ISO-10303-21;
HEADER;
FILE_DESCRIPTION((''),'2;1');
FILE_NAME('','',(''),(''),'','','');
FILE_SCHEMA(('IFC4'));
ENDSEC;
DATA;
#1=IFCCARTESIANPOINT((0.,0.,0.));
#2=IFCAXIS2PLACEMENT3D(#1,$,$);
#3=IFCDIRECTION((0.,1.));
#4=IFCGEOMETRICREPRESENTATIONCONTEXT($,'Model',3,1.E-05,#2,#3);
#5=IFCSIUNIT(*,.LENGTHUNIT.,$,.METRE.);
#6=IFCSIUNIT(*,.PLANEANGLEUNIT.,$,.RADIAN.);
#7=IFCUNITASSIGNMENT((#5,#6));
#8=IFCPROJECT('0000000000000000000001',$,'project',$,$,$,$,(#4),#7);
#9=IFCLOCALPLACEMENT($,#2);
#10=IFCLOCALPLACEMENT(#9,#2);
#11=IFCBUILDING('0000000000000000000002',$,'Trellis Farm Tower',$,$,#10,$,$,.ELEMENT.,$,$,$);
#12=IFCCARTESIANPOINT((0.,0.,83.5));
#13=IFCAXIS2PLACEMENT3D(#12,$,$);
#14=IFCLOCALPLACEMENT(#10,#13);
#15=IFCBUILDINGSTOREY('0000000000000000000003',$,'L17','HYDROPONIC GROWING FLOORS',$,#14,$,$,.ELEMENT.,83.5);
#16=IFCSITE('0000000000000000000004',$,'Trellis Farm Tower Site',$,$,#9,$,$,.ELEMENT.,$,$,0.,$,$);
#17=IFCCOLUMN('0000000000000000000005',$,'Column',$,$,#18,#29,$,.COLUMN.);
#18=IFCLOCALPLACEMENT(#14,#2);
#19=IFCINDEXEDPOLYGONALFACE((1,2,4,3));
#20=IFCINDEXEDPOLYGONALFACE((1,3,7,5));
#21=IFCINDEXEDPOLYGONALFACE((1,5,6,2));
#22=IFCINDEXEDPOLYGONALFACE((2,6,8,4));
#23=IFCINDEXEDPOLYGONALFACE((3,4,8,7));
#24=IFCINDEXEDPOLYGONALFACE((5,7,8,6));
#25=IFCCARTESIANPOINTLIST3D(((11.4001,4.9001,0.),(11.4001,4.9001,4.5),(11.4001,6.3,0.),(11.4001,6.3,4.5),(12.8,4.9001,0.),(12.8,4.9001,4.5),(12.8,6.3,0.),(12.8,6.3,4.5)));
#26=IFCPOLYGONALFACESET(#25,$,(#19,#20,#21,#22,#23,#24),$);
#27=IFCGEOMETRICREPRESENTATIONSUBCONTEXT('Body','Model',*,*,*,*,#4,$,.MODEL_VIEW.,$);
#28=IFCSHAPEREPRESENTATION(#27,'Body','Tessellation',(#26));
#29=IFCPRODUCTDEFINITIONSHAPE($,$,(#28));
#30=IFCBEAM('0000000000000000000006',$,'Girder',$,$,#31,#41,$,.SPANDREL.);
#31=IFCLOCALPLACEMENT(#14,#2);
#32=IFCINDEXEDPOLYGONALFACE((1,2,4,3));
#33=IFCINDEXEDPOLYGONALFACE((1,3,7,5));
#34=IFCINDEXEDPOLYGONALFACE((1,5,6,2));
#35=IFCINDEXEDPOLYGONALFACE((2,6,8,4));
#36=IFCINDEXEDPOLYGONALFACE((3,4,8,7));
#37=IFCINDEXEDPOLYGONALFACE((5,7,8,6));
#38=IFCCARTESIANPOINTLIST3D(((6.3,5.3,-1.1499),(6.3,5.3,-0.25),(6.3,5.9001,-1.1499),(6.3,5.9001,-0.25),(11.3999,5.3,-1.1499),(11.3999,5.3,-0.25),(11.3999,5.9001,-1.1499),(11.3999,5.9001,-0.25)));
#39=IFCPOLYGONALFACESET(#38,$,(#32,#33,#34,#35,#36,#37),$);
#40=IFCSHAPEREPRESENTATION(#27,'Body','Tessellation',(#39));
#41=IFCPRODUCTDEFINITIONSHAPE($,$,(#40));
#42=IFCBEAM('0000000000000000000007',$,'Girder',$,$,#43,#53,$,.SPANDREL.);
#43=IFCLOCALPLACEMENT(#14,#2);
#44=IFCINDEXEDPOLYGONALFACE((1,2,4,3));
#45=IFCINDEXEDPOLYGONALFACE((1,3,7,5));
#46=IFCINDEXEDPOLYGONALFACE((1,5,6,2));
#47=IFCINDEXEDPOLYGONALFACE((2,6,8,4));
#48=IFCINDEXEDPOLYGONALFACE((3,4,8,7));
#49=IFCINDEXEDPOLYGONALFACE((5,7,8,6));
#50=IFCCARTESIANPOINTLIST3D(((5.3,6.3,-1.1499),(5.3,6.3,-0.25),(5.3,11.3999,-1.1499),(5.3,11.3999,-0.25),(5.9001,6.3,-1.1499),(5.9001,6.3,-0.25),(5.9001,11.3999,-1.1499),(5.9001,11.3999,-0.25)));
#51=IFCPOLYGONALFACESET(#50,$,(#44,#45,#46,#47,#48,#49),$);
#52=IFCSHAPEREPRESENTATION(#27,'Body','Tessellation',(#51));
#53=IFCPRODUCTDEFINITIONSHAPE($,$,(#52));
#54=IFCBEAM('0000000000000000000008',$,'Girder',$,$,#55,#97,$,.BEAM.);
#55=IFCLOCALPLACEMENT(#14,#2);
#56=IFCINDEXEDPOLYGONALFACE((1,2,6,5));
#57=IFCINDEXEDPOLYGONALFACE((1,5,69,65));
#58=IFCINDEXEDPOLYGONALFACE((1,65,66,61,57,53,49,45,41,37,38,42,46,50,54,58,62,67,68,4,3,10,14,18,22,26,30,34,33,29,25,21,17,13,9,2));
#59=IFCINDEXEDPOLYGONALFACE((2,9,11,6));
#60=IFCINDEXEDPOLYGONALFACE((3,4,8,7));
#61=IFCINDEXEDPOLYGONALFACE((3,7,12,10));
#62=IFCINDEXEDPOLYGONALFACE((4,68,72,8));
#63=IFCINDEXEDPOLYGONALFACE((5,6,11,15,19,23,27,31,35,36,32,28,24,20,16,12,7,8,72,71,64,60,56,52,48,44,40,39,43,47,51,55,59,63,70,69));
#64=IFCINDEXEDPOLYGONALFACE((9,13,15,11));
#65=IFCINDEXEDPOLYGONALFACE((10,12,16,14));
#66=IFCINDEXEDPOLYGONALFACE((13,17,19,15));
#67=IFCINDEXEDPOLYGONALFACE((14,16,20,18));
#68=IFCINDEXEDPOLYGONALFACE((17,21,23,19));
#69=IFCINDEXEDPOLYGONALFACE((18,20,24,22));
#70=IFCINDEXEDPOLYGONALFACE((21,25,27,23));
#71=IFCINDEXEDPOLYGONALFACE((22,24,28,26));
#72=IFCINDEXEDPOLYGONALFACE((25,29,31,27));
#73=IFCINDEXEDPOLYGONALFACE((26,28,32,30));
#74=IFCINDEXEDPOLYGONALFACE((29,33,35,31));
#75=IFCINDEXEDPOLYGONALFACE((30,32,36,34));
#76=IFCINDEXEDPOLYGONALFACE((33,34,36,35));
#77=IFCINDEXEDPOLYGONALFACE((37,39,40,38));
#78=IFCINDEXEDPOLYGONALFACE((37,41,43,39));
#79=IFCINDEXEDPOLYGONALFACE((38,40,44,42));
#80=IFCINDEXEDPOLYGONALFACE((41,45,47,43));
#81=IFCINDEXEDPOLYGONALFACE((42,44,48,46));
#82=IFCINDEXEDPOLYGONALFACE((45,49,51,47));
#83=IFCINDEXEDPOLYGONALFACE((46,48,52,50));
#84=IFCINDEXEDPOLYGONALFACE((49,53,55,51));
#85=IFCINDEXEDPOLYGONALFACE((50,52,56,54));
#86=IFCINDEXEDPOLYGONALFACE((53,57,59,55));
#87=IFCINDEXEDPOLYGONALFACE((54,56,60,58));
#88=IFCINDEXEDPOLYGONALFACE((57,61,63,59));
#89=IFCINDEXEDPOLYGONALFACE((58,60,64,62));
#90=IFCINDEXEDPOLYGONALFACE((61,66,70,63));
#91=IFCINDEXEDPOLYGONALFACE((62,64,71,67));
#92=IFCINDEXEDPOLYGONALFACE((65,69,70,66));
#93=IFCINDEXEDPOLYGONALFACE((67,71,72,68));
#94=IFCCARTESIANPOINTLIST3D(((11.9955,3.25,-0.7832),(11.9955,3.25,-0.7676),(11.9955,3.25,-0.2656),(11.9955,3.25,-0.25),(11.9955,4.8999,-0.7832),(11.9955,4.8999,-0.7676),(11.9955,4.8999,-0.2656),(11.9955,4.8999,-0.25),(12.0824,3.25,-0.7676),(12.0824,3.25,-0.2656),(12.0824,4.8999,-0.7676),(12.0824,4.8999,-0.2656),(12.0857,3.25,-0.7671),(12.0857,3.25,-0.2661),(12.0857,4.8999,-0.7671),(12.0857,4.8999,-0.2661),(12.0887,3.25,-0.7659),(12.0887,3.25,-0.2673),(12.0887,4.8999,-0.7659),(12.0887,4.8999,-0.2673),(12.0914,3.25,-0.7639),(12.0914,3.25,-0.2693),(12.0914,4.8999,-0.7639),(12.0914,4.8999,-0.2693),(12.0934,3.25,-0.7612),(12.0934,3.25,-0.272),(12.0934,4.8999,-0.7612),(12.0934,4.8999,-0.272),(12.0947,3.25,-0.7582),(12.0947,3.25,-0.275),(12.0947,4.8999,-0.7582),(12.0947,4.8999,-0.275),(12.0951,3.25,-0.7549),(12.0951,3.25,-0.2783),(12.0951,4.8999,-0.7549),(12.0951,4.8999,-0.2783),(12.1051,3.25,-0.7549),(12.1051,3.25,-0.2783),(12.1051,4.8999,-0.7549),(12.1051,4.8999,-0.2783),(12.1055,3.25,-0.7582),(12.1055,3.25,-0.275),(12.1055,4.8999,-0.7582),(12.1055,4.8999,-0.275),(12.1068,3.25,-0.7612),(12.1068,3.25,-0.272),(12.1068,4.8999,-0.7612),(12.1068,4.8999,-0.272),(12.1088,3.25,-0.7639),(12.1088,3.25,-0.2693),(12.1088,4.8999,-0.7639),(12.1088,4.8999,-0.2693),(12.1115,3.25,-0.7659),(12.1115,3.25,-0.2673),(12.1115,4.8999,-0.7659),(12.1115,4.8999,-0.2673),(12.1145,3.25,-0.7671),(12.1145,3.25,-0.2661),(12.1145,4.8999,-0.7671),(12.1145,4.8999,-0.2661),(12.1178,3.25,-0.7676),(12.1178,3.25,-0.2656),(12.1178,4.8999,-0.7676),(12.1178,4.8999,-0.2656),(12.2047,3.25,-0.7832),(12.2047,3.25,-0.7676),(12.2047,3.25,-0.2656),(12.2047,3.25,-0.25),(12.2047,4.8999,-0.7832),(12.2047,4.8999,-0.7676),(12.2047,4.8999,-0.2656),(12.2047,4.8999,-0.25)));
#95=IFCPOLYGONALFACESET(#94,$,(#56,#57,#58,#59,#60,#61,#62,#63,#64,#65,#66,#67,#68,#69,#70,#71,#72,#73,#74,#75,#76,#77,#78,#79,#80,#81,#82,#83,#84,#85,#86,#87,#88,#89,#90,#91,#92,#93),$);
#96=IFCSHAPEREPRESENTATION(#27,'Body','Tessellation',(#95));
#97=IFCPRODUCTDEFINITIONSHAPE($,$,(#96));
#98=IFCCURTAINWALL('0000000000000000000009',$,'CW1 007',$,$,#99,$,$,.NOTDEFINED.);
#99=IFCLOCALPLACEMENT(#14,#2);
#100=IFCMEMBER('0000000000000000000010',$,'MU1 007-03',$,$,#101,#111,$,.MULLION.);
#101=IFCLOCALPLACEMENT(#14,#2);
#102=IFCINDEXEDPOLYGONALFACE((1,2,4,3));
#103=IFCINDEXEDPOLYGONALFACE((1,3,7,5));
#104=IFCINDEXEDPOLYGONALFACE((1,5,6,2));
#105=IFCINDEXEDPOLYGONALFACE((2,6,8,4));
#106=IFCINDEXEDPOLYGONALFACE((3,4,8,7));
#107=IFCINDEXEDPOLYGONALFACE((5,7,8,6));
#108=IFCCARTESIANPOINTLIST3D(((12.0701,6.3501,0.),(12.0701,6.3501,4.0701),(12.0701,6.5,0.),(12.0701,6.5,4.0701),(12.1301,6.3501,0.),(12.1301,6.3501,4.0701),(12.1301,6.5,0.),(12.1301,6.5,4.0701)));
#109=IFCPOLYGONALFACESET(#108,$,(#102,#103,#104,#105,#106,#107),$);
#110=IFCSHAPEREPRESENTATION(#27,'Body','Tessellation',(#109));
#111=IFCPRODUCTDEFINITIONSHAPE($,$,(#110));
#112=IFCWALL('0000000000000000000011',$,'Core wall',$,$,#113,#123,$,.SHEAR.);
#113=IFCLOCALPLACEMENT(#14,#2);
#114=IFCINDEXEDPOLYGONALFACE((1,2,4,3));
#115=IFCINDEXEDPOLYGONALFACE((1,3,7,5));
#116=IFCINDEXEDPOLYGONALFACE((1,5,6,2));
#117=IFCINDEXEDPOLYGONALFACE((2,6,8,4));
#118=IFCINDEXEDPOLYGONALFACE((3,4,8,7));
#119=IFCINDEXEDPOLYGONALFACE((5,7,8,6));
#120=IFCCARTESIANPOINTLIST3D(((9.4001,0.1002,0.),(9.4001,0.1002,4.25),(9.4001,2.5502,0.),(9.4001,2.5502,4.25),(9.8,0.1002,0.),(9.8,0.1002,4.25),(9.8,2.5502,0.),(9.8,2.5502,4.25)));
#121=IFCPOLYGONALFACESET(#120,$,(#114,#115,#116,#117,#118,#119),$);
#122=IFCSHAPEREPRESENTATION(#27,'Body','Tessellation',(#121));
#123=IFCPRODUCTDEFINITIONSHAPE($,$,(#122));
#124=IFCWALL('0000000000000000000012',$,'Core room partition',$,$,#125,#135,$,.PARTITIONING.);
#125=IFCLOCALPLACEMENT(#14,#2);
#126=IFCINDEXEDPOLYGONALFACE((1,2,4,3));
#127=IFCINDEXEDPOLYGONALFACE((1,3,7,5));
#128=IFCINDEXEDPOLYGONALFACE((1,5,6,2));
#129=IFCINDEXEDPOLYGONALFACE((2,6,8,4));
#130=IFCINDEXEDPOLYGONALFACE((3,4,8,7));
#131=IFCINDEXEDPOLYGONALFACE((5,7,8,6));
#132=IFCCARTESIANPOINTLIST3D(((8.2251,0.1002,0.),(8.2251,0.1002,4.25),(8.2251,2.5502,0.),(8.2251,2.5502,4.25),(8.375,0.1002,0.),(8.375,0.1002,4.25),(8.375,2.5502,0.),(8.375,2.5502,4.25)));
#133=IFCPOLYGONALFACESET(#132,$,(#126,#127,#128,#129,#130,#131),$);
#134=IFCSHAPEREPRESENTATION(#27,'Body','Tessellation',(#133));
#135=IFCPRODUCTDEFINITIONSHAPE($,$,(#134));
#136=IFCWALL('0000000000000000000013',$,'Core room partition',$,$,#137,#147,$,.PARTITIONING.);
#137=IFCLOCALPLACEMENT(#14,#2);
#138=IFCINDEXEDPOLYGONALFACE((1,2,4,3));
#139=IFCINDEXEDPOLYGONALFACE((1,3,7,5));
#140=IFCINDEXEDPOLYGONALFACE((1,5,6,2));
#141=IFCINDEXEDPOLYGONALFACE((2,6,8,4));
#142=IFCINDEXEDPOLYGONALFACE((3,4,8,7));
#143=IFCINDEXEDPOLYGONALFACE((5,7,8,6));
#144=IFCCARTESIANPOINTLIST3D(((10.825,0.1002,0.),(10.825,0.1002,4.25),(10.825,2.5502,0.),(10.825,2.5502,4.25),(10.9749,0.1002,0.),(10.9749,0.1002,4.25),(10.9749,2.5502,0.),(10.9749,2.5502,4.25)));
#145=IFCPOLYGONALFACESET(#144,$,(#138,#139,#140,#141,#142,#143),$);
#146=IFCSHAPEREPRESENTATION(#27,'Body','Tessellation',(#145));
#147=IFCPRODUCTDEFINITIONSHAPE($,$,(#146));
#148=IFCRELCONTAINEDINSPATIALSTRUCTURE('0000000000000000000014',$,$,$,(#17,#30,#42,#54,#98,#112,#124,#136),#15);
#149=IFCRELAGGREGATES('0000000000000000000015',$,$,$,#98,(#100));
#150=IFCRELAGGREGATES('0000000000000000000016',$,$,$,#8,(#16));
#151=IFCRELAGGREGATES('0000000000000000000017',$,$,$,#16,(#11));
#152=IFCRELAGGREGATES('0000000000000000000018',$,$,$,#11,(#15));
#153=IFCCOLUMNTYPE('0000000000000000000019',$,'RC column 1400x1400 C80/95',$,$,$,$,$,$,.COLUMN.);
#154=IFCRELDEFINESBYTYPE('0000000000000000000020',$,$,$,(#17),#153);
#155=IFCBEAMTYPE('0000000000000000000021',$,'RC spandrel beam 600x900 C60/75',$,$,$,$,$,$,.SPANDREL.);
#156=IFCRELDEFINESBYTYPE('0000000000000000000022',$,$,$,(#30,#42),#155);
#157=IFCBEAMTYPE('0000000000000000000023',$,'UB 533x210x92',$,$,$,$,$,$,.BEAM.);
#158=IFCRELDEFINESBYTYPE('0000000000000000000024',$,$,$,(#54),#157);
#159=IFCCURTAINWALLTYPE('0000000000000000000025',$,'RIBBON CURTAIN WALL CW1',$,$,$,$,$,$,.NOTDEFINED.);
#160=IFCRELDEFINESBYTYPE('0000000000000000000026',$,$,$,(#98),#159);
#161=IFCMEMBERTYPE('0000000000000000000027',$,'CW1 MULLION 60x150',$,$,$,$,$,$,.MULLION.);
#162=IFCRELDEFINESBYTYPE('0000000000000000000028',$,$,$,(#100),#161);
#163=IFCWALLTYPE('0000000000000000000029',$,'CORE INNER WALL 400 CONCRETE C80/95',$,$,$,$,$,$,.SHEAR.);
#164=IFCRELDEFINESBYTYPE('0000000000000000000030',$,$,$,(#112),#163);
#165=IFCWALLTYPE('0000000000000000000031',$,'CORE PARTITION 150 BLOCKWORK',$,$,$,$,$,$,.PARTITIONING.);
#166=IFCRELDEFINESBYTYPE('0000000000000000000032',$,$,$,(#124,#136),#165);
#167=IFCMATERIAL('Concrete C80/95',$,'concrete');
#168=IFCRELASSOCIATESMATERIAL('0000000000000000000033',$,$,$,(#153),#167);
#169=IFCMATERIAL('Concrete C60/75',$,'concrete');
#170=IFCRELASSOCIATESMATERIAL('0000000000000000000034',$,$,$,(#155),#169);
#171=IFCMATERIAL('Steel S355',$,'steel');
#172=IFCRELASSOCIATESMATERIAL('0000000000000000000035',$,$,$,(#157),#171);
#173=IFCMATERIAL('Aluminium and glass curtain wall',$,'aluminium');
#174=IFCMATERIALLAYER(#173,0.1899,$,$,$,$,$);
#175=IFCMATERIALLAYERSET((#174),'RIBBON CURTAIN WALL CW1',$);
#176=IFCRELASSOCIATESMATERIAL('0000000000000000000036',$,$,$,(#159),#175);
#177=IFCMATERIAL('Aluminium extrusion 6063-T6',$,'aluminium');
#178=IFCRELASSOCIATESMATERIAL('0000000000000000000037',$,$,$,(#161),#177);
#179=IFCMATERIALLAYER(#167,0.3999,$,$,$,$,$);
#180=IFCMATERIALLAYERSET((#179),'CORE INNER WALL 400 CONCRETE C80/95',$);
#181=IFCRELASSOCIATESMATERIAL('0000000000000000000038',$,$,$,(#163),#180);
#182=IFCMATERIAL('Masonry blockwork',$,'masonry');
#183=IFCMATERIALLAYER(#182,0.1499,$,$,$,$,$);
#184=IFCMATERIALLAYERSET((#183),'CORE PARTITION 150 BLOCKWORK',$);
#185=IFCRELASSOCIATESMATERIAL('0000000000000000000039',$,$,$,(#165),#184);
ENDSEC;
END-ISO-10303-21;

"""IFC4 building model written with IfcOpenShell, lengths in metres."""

from ifc_helpers import new_model, si_unit, direction, frame, frame_2d, origin, origin_2d, place, context, subcontext, project, spatial, rectangle, i_section, extrude, source, transform, mapped, material, layer, layer_set, material_profile, profile_set, type_object, element, aggregate, save


model = new_model("IFC4")

# Units and contexts
model_context = context("Model", 3, precision=1e-05, world=origin(), true_north=direction((0.0, 1.0)))
body_context = subcontext(model_context, "Body", "Model", "MODEL_VIEW")
ifc_project = project(units=[si_unit("LENGTHUNIT", "METRE"), si_unit("PLANEANGLEUNIT", "RADIAN")], contexts=[model_context])

# Site, building, storey
site_placement = place(None, origin())
site = spatial("IfcSite", under=ifc_project, at=site_placement, Name="Trellis Farm Tower Site", CompositionType="ELEMENT", RefElevation=0.0)
building_placement = place(site_placement, origin())
building = spatial("IfcBuilding", under=site, at=building_placement, Name="Trellis Farm Tower", CompositionType="ELEMENT")
storey_placement = place(building_placement, frame((0.0, 0.0, 83.5)))
storey = spatial("IfcBuildingStorey", under=building, at=storey_placement, Name="L17", Description="HYDROPONIC GROWING FLOORS", CompositionType="ELEMENT", Elevation=83.5)

# Column
ifc_material_1 = material(Name="Concrete C80/95", Category="concrete")
ifc_material_profile_1 = material_profile(ifc_material_1, rectangle(XDim=1.3999, YDim=1.3999, at=origin_2d()), Name="RC column 1400x1400 C80/95")
ifc_profile_set_1 = profile_set([ifc_material_profile_1], Name="Concrete C80/95")
column_type = type_object("IfcColumnType", Name="RC column 1400x1400 C80/95", PredefinedType="COLUMN", material=ifc_profile_set_1)
shared_shape_1 = source(origin(), body_context, "Body", "SweptSolid", [
    extrude(rectangle(XDim=1.3999, YDim=1.3999, at=origin_2d()), origin(), (0.0, 0.0, 1.0), 4.5),
])
column_placement = place(storey_placement, frame((12.1001, 5.6001, 0.0), z_axis=(0.0, 0.0, 1.0), x_axis=(1.0, 0.0, 0.0)))
element("IfcColumn", 1, at=column_placement, inside=storey, type_object=column_type, Name="Column", PredefinedType="COLUMN", context=body_context, shape_type="MappedRepresentation", body=[
    mapped(shared_shape_1, transform((0.0, 0.0, 0.0))),
])

# Beams
ifc_material_2 = material(Name="Concrete C60/75", Category="concrete")
ifc_material_profile_2 = material_profile(ifc_material_2, rectangle(XDim=0.6001, YDim=0.8999, at=origin_2d()), Name="RC spandrel beam 600x900 C60/75")
ifc_profile_set_2 = profile_set([ifc_material_profile_2], Name="Concrete C60/75")
beam_type_1 = type_object("IfcBeamType", Name="RC spandrel beam 600x900 C60/75", PredefinedType="SPANDREL", material=ifc_profile_set_2)
shared_shape_2 = source(origin(), body_context, "Body", "SweptSolid", [
    extrude(rectangle(XDim=0.6001, YDim=0.8999, at=origin_2d()), origin(), (0.0, 0.0, 1.0), 5.0999),
])
for number, where, z_axis, x_axis, name in (
    (2, (6.3, 5.6001, -0.7), (1.0, 0.0, 0.0), (0.0, 1.0, 0.0), "Girder"),
    (3, (5.6001, 6.3, -0.7), (0.0, 1.0, 0.0), (-1.0, 0.0, 0.0), "Girder"),
):
    element("IfcBeam", number, at=place(storey_placement, frame(where, z_axis=z_axis, x_axis=x_axis)), inside=storey, type_object=beam_type_1, Name=name, PredefinedType="SPANDREL", context=body_context, shape_type="MappedRepresentation", body=[
        mapped(shared_shape_2, transform((0.0, 0.0, 0.0))),
    ])
ifc_material_3 = material(Name="Steel S355", Category="steel")
ifc_material_profile_3 = material_profile(ifc_material_3, i_section(OverallWidth=0.2092, OverallDepth=0.5332, WebThickness=0.01, FlangeThickness=0.0156, FilletRadius=0.0127, at=origin_2d()), Name="UB 533x210x92")
ifc_profile_set_3 = profile_set([ifc_material_profile_3], Name="Steel S355")
beam_type_2 = type_object("IfcBeamType", Name="UB 533x210x92", PredefinedType="BEAM", material=ifc_profile_set_3)
shared_shape_3 = source(origin(), body_context, "Body", "SweptSolid", [
    extrude(i_section(OverallWidth=0.2092, OverallDepth=0.5332, WebThickness=0.01, FlangeThickness=0.0156, FilletRadius=0.0127, at=origin_2d()), origin(), (0.0, 0.0, 1.0), 1.6499),
])
beam_placement = place(storey_placement, frame((12.1001, 3.25, -0.5166), z_axis=(0.0, 1.0, 0.0), x_axis=(-1.0, 0.0, 0.0)))
element("IfcBeam", 4, at=beam_placement, inside=storey, type_object=beam_type_2, Name="Girder", PredefinedType="BEAM", context=body_context, shape_type="MappedRepresentation", body=[
    mapped(shared_shape_3, transform((0.0, 0.0, 0.0))),
])

# Curtain wall, member
ifc_material_4 = material(Name="Aluminium and glass curtain wall", Category="aluminium")
ifc_layer_1 = layer(ifc_material_4, 0.1899)
ifc_layer_set_1 = layer_set([ifc_layer_1], Name="RIBBON CURTAIN WALL CW1")
curtain_wall_type = type_object("IfcCurtainWallType", Name="RIBBON CURTAIN WALL CW1", PredefinedType="NOTDEFINED", material=ifc_layer_set_1)
curtain_wall_placement = place(storey_placement, origin())
curtain_wall = element("IfcCurtainWall", 5, at=curtain_wall_placement, inside=storey, type_object=curtain_wall_type, Name="CW1 007", PredefinedType="NOTDEFINED")
ifc_material_5 = material(Name="Aluminium extrusion 6063-T6", Category="aluminium")
ifc_material_profile_4 = material_profile(ifc_material_5, rectangle(XDim=0.0601, YDim=0.1499, at=origin_2d()), Name="MULLION 60x150")
ifc_profile_set_4 = profile_set([ifc_material_profile_4], Name="Aluminium extrusion 6063-T6")
member_type = type_object("IfcMemberType", Name="CW1 MULLION 60x150", PredefinedType="MULLION", material=ifc_profile_set_4)
shared_shape_4 = source(origin(), body_context, "Body", "SweptSolid", [
    extrude(rectangle(XDim=0.0601, YDim=0.1499, at=origin_2d()), origin(), (0.0, 0.0, 1.0), 4.0701),
])
member_placement = place(storey_placement, frame((12.1001, 6.425, 0.0), z_axis=(0.0, 0.0, 1.0), x_axis=(-1.0, 0.0, 0.0)))
member = element("IfcMember", 6, at=member_placement, type_object=member_type, Name="MU1 007-03", PredefinedType="MULLION", context=body_context, shape_type="MappedRepresentation", body=[
    mapped(shared_shape_4, transform((0.0, 0.0, 0.0))),
])
aggregate(curtain_wall, [member])

# Wall
ifc_layer_2 = layer(ifc_material_1, 0.3999)
ifc_layer_set_2 = layer_set([ifc_layer_2], Name="CORE INNER WALL 400 CONCRETE C80/95")
wall_type_1 = type_object("IfcWallType", Name="CORE INNER WALL 400 CONCRETE C80/95", PredefinedType="SHEAR", material=ifc_layer_set_2)
shared_shape_5 = source(origin(), body_context, "Body", "SweptSolid", [
    extrude(rectangle(XDim=2.45, YDim=0.3999, at=frame_2d((1.2251, 0.0))), origin(), (0.0, 0.0, 1.0), 4.25),
])
wall_1_placement = place(storey_placement, frame((9.6001, 0.1001, 0.0), z_axis=(0.0, 0.0, 1.0), x_axis=(0.0, 1.0, 0.0)))
element("IfcWall", 7, at=wall_1_placement, inside=storey, type_object=wall_type_1, Name="Core wall", PredefinedType="SHEAR", context=body_context, shape_type="MappedRepresentation", body=[
    mapped(shared_shape_5, transform((0.0, 0.0, 0.0))),
])

# Walls
ifc_material_6 = material(Name="Masonry blockwork", Category="masonry")
ifc_layer_3 = layer(ifc_material_6, 0.1499)
ifc_layer_set_3 = layer_set([ifc_layer_3], Name="CORE PARTITION 150 BLOCKWORK")
wall_type_2 = type_object("IfcWallType", Name="CORE PARTITION 150 BLOCKWORK", PredefinedType="PARTITIONING", material=ifc_layer_set_3)
shared_shape_6 = source(origin(), body_context, "Body", "SweptSolid", [
    extrude(rectangle(XDim=2.45, YDim=0.1499, at=frame_2d((1.2251, 0.0))), origin(), (0.0, 0.0, 1.0), 4.25),
])
for number, where, z_axis, x_axis, name in (
    (8, (8.3, 0.1001, 0.0), (0.0, 0.0, 1.0), (0.0, 1.0, 0.0), "Core room partition"),
    (9, (10.8999, 0.1001, 0.0), (0.0, 0.0, 1.0), (0.0, 1.0, 0.0), "Core room partition"),
):
    element("IfcWall", number, at=place(storey_placement, frame(where, z_axis=z_axis, x_axis=x_axis)), inside=storey, type_object=wall_type_2, Name=name, PredefinedType="PARTITIONING", context=body_context, shape_type="MappedRepresentation", body=[
        mapped(shared_shape_6, transform((0.0, 0.0, 0.0))),
    ])

save(model, "model.ifc")
